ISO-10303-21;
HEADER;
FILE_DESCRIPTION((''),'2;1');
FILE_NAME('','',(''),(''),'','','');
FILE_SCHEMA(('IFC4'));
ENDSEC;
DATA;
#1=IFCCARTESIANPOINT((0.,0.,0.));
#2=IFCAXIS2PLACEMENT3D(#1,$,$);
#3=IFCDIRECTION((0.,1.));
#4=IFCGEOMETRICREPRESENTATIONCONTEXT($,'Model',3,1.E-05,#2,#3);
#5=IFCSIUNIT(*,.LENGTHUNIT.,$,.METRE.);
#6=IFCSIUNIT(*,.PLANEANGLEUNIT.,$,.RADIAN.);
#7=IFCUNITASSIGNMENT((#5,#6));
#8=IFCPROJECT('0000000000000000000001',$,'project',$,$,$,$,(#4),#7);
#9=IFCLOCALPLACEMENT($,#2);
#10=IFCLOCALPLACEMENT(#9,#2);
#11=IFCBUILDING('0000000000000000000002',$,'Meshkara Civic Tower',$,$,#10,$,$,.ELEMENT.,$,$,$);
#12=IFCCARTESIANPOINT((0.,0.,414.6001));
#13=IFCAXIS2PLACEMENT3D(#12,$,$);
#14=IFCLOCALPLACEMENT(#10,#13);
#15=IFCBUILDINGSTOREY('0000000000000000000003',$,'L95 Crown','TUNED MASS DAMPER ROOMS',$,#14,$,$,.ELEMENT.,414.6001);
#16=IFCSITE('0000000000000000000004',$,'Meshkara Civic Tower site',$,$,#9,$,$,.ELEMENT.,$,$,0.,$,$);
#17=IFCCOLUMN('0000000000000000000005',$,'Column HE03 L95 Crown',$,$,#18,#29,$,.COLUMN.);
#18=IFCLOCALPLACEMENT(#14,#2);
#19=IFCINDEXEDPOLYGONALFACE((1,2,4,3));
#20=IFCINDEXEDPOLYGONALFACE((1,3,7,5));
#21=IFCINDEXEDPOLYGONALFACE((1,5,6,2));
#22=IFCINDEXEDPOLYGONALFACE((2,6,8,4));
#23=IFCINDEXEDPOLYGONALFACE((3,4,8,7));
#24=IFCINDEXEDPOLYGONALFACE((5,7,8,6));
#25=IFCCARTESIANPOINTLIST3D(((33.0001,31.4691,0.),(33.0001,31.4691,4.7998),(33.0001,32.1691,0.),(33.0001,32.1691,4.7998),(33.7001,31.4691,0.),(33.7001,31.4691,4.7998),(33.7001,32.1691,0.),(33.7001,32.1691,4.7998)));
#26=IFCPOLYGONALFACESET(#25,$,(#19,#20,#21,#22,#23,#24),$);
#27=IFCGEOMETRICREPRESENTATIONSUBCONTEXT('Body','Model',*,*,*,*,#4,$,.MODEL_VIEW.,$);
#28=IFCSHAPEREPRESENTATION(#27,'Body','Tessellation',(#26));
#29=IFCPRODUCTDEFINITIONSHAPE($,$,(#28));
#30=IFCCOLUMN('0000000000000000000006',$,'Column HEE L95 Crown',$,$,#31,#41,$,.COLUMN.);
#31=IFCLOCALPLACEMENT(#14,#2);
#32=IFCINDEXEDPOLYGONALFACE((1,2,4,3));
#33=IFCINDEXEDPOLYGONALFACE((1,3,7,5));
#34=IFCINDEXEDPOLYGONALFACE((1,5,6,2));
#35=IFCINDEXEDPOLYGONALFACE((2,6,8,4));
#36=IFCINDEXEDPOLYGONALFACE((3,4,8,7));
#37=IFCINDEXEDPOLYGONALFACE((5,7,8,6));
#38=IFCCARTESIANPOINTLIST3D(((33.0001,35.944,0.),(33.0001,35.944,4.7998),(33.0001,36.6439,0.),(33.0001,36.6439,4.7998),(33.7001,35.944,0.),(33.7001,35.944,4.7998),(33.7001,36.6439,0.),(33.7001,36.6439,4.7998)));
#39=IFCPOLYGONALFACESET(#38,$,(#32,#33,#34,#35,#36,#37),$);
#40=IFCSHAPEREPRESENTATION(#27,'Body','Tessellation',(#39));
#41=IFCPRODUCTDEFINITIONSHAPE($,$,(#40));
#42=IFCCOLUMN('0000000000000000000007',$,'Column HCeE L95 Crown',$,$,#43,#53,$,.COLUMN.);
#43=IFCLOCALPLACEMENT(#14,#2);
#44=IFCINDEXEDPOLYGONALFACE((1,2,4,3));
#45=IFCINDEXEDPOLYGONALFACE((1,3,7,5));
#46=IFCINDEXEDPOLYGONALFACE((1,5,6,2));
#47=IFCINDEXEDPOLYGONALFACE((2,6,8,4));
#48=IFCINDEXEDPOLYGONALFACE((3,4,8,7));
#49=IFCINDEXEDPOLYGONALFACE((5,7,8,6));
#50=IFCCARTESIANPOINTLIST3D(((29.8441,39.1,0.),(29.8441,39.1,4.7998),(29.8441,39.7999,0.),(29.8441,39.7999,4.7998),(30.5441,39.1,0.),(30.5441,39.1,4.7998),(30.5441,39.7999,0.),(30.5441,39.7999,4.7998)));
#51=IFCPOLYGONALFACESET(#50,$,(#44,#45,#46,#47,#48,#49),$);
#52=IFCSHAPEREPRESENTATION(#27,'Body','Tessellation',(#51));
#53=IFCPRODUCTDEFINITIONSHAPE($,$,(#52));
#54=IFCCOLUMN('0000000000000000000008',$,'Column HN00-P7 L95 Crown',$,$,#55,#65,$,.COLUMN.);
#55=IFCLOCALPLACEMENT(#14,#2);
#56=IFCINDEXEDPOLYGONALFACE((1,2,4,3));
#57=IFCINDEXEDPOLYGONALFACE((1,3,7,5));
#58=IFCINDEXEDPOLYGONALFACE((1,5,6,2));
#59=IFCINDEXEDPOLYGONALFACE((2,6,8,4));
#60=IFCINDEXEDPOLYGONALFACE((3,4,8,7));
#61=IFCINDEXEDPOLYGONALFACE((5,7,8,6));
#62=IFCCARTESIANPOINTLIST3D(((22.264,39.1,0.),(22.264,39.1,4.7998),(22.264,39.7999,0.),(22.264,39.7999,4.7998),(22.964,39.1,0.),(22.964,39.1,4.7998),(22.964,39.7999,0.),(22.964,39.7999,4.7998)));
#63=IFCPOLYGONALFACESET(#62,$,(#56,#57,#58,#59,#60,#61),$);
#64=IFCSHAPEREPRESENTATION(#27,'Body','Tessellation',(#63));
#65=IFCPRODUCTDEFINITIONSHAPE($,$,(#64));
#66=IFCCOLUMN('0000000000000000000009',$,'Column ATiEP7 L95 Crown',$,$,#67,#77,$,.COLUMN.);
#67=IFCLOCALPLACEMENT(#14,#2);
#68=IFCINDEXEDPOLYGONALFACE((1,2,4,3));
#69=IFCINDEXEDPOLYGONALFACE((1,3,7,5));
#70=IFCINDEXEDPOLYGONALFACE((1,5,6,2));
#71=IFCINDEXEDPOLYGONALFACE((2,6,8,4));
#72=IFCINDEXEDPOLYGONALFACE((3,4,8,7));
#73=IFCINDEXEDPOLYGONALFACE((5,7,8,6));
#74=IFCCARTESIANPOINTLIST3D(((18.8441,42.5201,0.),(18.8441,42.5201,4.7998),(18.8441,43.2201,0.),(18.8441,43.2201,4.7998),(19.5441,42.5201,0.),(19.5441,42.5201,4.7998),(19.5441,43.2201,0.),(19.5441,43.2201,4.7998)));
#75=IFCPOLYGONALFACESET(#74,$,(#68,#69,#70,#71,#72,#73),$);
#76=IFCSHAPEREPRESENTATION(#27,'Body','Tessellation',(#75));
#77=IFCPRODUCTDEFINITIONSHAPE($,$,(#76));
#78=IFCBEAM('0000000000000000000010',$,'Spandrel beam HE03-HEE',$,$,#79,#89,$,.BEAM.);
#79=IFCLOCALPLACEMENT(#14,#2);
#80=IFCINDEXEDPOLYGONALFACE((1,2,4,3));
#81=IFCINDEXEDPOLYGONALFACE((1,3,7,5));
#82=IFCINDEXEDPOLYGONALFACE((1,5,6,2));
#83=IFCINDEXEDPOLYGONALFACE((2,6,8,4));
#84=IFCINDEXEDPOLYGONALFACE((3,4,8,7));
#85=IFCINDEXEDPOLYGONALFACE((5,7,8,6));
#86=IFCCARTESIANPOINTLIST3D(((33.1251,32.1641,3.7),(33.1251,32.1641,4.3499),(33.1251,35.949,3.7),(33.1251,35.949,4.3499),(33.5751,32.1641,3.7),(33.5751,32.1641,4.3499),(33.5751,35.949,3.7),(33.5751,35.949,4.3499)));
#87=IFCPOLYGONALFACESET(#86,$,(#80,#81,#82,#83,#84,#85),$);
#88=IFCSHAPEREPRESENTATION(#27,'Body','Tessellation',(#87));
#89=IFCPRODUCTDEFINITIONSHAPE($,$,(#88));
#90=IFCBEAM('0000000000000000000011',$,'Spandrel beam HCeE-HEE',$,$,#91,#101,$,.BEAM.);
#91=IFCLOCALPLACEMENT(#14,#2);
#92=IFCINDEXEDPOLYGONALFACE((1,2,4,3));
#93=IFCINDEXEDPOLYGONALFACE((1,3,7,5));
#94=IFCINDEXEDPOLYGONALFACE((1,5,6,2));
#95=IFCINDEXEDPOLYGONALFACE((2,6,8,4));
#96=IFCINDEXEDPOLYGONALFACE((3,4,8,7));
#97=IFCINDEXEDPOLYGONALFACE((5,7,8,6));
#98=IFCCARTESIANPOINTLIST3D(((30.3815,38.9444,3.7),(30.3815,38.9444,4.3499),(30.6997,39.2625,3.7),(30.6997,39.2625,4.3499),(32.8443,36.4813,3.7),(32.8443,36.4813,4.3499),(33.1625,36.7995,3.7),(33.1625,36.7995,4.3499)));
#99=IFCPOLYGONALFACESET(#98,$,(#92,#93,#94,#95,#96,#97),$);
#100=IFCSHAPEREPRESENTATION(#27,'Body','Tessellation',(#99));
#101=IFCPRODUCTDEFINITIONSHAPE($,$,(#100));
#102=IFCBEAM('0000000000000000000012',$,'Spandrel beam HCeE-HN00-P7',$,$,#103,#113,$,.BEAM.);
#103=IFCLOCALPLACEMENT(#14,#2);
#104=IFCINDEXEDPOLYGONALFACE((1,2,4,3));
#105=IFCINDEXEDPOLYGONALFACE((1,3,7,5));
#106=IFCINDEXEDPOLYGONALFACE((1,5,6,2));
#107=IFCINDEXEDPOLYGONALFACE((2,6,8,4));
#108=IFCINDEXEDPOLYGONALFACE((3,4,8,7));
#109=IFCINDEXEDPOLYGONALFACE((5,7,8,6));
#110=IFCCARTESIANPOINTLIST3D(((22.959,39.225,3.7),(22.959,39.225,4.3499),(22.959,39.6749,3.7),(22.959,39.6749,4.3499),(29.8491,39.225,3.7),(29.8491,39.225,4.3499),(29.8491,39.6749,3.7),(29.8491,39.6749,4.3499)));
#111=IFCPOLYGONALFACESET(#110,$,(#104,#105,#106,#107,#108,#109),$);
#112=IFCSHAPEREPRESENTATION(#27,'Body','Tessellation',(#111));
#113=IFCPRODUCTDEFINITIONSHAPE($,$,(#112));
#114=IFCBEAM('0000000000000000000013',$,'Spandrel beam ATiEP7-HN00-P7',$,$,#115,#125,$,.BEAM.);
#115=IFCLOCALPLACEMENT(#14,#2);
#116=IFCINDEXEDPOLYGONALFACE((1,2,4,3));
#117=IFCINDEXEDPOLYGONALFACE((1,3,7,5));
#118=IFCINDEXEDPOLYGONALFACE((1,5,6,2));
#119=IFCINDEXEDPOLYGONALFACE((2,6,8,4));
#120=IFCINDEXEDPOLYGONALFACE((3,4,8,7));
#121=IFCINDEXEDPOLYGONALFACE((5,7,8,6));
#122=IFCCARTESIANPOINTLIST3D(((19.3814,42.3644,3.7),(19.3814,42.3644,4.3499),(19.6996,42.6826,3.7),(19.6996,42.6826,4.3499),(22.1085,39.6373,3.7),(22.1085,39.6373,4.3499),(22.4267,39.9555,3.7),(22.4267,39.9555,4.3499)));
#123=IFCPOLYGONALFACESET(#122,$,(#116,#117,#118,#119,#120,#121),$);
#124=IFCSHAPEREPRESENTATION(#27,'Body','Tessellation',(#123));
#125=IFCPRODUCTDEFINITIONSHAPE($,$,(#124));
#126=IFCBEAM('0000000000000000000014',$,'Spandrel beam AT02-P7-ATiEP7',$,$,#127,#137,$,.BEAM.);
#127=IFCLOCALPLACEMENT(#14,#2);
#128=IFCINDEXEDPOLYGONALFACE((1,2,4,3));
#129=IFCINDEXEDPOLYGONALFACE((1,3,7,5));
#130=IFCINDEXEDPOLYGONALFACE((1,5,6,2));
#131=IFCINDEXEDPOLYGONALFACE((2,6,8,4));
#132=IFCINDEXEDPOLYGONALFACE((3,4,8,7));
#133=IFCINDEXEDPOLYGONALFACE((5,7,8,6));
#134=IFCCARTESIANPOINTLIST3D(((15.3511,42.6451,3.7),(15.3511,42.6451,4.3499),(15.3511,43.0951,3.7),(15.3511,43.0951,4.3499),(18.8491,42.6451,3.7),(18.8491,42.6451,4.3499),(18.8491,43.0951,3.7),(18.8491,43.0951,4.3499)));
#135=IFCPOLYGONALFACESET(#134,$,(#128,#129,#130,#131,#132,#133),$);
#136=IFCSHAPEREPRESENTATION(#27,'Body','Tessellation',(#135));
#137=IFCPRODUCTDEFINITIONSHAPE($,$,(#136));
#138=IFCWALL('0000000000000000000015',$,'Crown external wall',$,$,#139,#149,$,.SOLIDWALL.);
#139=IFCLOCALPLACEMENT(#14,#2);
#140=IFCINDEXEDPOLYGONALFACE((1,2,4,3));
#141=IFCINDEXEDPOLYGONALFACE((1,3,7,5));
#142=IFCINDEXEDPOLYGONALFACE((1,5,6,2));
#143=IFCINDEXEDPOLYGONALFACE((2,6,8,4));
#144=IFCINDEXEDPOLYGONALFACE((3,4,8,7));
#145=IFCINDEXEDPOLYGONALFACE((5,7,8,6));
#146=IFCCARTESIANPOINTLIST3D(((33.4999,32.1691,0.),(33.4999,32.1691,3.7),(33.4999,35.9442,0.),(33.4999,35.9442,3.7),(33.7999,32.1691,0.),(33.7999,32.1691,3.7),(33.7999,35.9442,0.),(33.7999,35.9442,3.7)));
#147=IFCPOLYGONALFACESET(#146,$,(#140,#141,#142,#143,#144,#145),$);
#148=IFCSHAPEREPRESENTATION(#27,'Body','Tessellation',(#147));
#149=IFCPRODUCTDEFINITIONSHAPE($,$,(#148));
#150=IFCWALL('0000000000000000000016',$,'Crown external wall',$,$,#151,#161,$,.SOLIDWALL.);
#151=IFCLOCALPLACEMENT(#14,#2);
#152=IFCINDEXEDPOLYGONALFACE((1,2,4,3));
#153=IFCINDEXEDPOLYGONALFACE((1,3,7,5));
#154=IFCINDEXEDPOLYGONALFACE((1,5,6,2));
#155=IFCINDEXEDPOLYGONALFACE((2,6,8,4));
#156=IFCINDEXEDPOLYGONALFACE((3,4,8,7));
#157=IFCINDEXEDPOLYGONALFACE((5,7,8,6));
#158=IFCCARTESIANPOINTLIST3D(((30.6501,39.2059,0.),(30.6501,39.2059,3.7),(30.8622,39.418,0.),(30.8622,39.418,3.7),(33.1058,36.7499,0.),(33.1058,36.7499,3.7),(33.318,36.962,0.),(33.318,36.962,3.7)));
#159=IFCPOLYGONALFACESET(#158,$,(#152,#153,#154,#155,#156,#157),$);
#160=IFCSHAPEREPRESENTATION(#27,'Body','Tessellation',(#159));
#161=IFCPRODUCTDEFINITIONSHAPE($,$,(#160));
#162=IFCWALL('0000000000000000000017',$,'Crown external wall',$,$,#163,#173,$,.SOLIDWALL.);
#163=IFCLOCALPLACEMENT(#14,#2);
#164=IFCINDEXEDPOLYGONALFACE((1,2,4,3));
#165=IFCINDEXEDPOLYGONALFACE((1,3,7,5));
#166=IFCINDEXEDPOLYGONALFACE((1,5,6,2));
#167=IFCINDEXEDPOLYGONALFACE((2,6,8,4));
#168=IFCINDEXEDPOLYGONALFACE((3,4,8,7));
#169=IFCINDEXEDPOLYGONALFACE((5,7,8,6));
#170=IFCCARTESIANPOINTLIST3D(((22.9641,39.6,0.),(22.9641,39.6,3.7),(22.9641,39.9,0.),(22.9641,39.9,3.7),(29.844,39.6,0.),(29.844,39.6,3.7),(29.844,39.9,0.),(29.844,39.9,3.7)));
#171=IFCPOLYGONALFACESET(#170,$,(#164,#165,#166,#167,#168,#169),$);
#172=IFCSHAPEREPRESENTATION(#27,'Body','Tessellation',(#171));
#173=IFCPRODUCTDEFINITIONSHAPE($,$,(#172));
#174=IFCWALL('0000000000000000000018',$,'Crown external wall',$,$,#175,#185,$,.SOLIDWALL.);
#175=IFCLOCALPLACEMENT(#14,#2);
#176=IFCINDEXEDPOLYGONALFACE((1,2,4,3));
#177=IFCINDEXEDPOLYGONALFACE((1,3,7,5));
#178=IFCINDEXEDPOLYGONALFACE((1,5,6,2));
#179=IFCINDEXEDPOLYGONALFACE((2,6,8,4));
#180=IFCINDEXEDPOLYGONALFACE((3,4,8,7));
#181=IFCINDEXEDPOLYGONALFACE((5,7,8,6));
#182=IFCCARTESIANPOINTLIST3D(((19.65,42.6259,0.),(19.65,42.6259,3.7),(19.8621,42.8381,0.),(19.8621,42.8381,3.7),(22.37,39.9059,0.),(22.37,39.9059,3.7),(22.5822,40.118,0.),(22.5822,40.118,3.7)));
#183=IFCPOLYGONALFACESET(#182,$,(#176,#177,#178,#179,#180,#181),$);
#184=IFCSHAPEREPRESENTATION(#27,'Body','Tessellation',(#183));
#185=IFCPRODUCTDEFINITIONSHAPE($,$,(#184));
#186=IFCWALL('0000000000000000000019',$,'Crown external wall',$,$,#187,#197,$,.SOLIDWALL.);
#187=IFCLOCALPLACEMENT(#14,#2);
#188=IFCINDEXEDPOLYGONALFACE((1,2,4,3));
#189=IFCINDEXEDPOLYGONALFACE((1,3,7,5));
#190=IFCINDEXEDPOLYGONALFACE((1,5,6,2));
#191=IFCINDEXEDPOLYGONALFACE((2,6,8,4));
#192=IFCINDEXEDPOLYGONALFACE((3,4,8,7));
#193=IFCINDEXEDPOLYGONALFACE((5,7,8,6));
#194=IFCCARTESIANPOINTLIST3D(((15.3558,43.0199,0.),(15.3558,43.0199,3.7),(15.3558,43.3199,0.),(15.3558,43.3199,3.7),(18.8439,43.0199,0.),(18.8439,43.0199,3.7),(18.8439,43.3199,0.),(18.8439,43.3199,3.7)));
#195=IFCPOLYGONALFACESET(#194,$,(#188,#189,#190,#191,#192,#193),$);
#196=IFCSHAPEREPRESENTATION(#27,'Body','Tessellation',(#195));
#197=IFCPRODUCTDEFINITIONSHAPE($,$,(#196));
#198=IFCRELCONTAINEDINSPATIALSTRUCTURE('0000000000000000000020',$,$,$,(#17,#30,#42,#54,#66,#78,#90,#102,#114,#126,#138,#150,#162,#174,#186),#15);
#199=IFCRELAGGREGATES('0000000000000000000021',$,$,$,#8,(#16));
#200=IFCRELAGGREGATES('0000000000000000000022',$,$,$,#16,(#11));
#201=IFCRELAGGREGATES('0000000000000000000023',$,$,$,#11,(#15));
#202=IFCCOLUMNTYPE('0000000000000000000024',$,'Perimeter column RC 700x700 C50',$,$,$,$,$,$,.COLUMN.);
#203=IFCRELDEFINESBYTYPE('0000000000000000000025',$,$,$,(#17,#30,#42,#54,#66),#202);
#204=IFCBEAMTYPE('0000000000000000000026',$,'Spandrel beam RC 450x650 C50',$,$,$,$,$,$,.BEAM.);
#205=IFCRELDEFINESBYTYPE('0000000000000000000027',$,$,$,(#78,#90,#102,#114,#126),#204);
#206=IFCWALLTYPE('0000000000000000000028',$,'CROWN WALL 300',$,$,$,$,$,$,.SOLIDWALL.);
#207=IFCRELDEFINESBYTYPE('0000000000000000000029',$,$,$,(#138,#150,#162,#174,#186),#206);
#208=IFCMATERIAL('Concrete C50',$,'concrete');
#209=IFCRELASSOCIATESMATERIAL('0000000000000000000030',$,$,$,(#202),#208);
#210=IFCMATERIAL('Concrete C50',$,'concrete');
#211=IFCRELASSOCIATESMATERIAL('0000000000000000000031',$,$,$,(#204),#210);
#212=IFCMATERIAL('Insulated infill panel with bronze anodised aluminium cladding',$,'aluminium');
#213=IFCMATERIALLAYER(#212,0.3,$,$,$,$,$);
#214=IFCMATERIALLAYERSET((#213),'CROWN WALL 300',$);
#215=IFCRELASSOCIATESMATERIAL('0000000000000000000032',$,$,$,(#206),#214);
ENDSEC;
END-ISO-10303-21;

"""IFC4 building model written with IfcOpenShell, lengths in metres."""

from ifc_helpers import new_model, si_unit, direction, frame, frame_2d, origin, origin_2d, place, context, subcontext, project, spatial, rectangle, extrude, material, layer, layer_set, material_profile, profile_set, type_object, element, save


model = new_model("IFC4")

# Units and contexts
model_context = context("Model", 3, precision=1e-05, world=origin(), true_north=direction((0.0, 1.0)))
body_context = subcontext(model_context, "Body", "Model", "MODEL_VIEW")
ifc_project = project(units=[si_unit("LENGTHUNIT", "METRE"), si_unit("PLANEANGLEUNIT", "RADIAN")], contexts=[model_context])

# Site, building, storey
site_placement = place(None, origin())
site = spatial("IfcSite", under=ifc_project, at=site_placement, Name="Meshkara Civic Tower site", CompositionType="ELEMENT", RefElevation=0.0)
building_placement = place(site_placement, origin())
building = spatial("IfcBuilding", under=site, at=building_placement, Name="Meshkara Civic Tower", CompositionType="ELEMENT")
storey_placement = place(building_placement, frame((0.0, 0.0, 414.6001)))
storey = spatial("IfcBuildingStorey", under=building, at=storey_placement, Name="L95 Crown", Description="TUNED MASS DAMPER ROOMS", CompositionType="ELEMENT", Elevation=414.6001)

# Columns
ifc_material_1 = material(Name="Concrete C50", Category="concrete")
ifc_material_profile_1 = material_profile(ifc_material_1, rectangle(XDim=0.7, YDim=0.7, at=origin_2d()))
ifc_profile_set_1 = profile_set([ifc_material_profile_1], Name="Concrete C50")
column_type = type_object("IfcColumnType", Name="Perimeter column RC 700x700 C50", PredefinedType="COLUMN", material=ifc_profile_set_1)
for number, where, z_axis, x_axis, name in (
    (1, (33.3501, 31.8191, 0.0), (0.0, 0.0, 1.0), (1.0, 0.0, 0.0), "Column HE03 L95 Crown"),
    (2, (33.3501, 36.2939, 0.0), (0.0, 0.0, 1.0), (1.0, 0.0, 0.0), "Column HEE L95 Crown"),
    (3, (30.1941, 39.45, 0.0), (0.0, 0.0, 1.0), (1.0, 0.0, 0.0), "Column HCeE L95 Crown"),
    (4, (22.614, 39.45, 0.0), (0.0, 0.0, 1.0), (1.0, 0.0, 0.0), "Column HN00-P7 L95 Crown"),
    (5, (19.1941, 42.8701, 0.0), (0.0, 0.0, 1.0), (1.0, 0.0, 0.0), "Column ATiEP7 L95 Crown"),
):
    element("IfcColumn", number, at=place(storey_placement, frame(where, z_axis=z_axis, x_axis=x_axis)), inside=storey, type_object=column_type, Name=name, PredefinedType="COLUMN", context=body_context, shape_type="SweptSolid", body=[
        extrude(rectangle(XDim=0.7, YDim=0.7, at=origin_2d()), origin(), (0.0, 0.0, 1.0), 4.7998),
    ])

# Beams
ifc_material_2 = material(Name="Concrete C50", Category="concrete")
ifc_material_profile_2 = material_profile(ifc_material_2, rectangle(XDim=0.45, YDim=0.6499, at=origin_2d()))
ifc_profile_set_2 = profile_set([ifc_material_profile_2], Name="Concrete C50")
beam_type = type_object("IfcBeamType", Name="Spandrel beam RC 450x650 C50", PredefinedType="BEAM", material=ifc_profile_set_2)
beam_1_placement = place(storey_placement, frame((33.3501, 32.1641, 4.0249), z_axis=(0.0, 1.0, 0.0), x_axis=(-1.0, 0.0, 0.0)))
element("IfcBeam", 6, at=beam_1_placement, inside=storey, type_object=beam_type, Name="Spandrel beam HE03-HEE", PredefinedType="BEAM", context=body_context, shape_type="SweptSolid", body=[
    extrude(rectangle(XDim=0.45, YDim=0.6499, at=origin_2d()), origin(), (0.0, 0.0, 1.0), 3.7849),
])
beam_2_placement = place(storey_placement, frame((33.0034, 36.6404, 4.0249), z_axis=(-0.707072, 0.707142, 0.0), x_axis=(-0.707142, -0.707072, 0.0)))
element("IfcBeam", 7, at=beam_2_placement, inside=storey, type_object=beam_type, Name="Spandrel beam HCeE-HEE", PredefinedType="BEAM", context=body_context, shape_type="SweptSolid", body=[
    extrude(rectangle(XDim=0.45, YDim=0.6499, at=origin_2d()), origin(), (0.0, 0.0, 1.0), 3.4832),
])
beam_3_placement = place(storey_placement, frame((29.8491, 39.45, 4.0249), z_axis=(-1.0, 0.0, 0.0), x_axis=(0.0, -1.0, 0.0)))
element("IfcBeam", 8, at=beam_3_placement, inside=storey, type_object=beam_type, Name="Spandrel beam HCeE-HN00-P7", PredefinedType="BEAM", context=body_context, shape_type="SweptSolid", body=[
    extrude(rectangle(XDim=0.45, YDim=0.6499, at=origin_2d()), origin(), (0.0, 0.0, 1.0), 6.8901),
])
beam_4_placement = place(storey_placement, frame((22.2676, 39.7964, 4.0249), z_axis=(-0.707107, 0.707107, 0.0), x_axis=(-0.707107, -0.707107, 0.0)))
element("IfcBeam", 9, at=beam_4_placement, inside=storey, type_object=beam_type, Name="Spandrel beam ATiEP7-HN00-P7", PredefinedType="BEAM", context=body_context, shape_type="SweptSolid", body=[
    extrude(rectangle(XDim=0.45, YDim=0.6499, at=origin_2d()), origin(), (0.0, 0.0, 1.0), 3.8567),
])
beam_5_placement = place(storey_placement, frame((18.8491, 42.8701, 4.0249), z_axis=(-1.0, 0.0, 0.0), x_axis=(0.0, -1.0, 0.0)))
element("IfcBeam", 10, at=beam_5_placement, inside=storey, type_object=beam_type, Name="Spandrel beam AT02-P7-ATiEP7", PredefinedType="BEAM", context=body_context, shape_type="SweptSolid", body=[
    extrude(rectangle(XDim=0.45, YDim=0.6499, at=origin_2d()), origin(), (0.0, 0.0, 1.0), 3.498),
])

# Walls
ifc_material_3 = material(Name="Insulated infill panel with bronze anodised aluminium cladding", Category="aluminium")
ifc_layer_1 = layer(ifc_material_3, 0.3)
ifc_layer_set_1 = layer_set([ifc_layer_1], Name="CROWN WALL 300")
wall_type_1 = type_object("IfcWallType", Name="CROWN WALL 300", PredefinedType="SOLIDWALL", material=ifc_layer_set_1)
wall_1_placement = place(storey_placement, frame((33.6499, 32.1689, 0.0), z_axis=(0.0, 0.0, 1.0), x_axis=(0.0, 1.0, 0.0)))
element("IfcWall", 11, at=wall_1_placement, inside=storey, type_object=wall_type_1, Name="Crown external wall", PredefinedType="SOLIDWALL", context=body_context, shape_type="SweptSolid", body=[
    extrude(rectangle(XDim=3.7751, YDim=0.3, at=frame_2d((1.8877, 0.0))), origin(), (0.0, 0.0, 1.0), 3.7),
])
wall_2_placement = place(storey_placement, frame((33.2119, 36.856, 0.0), z_axis=(0.0, 0.0, 1.0), x_axis=(-0.707072, 0.707142, 0.0)))
element("IfcWall", 12, at=wall_2_placement, inside=storey, type_object=wall_type_1, Name="Crown external wall", PredefinedType="SOLIDWALL", context=body_context, shape_type="SweptSolid", body=[
    extrude(rectangle(XDim=3.4731, YDim=0.3, at=frame_2d((1.7366, 0.0))), origin(), (0.0, 0.0, 1.0), 3.7),
])
wall_3_placement = place(storey_placement, frame((29.844, 39.75, 0.0), z_axis=(0.0, 0.0, 1.0), x_axis=(-1.0, 0.0, 0.0)))
element("IfcWall", 13, at=wall_3_placement, inside=storey, type_object=wall_type_1, Name="Crown external wall", PredefinedType="SOLIDWALL", context=body_context, shape_type="SweptSolid", body=[
    extrude(rectangle(XDim=6.8799, YDim=0.3, at=frame_2d((3.4399, 0.0))), origin(), (0.0, 0.0, 1.0), 3.7),
])
wall_4_placement = place(storey_placement, frame((22.4761, 40.012, 0.0), z_axis=(0.0, 0.0, 1.0), x_axis=(-0.707107, 0.707107, 0.0)))
element("IfcWall", 14, at=wall_4_placement, inside=storey, type_object=wall_type_1, Name="Crown external wall", PredefinedType="SOLIDWALL", context=body_context, shape_type="SweptSolid", body=[
    extrude(rectangle(XDim=3.8467, YDim=0.3, at=frame_2d((1.9233, 0.0))), origin(), (0.0, 0.0, 1.0), 3.7),
])
wall_5_placement = place(storey_placement, frame((18.844, 43.1699, 0.0), z_axis=(0.0, 0.0, 1.0), x_axis=(-1.0, 0.0, 0.0)))
element("IfcWall", 15, at=wall_5_placement, inside=storey, type_object=wall_type_1, Name="Crown external wall", PredefinedType="SOLIDWALL", context=body_context, shape_type="SweptSolid", body=[
    extrude(rectangle(XDim=3.488, YDim=0.3, at=frame_2d((1.7441, 0.0))), origin(), (0.0, 0.0, 1.0), 3.7),
])

save(model, "model.ifc")
